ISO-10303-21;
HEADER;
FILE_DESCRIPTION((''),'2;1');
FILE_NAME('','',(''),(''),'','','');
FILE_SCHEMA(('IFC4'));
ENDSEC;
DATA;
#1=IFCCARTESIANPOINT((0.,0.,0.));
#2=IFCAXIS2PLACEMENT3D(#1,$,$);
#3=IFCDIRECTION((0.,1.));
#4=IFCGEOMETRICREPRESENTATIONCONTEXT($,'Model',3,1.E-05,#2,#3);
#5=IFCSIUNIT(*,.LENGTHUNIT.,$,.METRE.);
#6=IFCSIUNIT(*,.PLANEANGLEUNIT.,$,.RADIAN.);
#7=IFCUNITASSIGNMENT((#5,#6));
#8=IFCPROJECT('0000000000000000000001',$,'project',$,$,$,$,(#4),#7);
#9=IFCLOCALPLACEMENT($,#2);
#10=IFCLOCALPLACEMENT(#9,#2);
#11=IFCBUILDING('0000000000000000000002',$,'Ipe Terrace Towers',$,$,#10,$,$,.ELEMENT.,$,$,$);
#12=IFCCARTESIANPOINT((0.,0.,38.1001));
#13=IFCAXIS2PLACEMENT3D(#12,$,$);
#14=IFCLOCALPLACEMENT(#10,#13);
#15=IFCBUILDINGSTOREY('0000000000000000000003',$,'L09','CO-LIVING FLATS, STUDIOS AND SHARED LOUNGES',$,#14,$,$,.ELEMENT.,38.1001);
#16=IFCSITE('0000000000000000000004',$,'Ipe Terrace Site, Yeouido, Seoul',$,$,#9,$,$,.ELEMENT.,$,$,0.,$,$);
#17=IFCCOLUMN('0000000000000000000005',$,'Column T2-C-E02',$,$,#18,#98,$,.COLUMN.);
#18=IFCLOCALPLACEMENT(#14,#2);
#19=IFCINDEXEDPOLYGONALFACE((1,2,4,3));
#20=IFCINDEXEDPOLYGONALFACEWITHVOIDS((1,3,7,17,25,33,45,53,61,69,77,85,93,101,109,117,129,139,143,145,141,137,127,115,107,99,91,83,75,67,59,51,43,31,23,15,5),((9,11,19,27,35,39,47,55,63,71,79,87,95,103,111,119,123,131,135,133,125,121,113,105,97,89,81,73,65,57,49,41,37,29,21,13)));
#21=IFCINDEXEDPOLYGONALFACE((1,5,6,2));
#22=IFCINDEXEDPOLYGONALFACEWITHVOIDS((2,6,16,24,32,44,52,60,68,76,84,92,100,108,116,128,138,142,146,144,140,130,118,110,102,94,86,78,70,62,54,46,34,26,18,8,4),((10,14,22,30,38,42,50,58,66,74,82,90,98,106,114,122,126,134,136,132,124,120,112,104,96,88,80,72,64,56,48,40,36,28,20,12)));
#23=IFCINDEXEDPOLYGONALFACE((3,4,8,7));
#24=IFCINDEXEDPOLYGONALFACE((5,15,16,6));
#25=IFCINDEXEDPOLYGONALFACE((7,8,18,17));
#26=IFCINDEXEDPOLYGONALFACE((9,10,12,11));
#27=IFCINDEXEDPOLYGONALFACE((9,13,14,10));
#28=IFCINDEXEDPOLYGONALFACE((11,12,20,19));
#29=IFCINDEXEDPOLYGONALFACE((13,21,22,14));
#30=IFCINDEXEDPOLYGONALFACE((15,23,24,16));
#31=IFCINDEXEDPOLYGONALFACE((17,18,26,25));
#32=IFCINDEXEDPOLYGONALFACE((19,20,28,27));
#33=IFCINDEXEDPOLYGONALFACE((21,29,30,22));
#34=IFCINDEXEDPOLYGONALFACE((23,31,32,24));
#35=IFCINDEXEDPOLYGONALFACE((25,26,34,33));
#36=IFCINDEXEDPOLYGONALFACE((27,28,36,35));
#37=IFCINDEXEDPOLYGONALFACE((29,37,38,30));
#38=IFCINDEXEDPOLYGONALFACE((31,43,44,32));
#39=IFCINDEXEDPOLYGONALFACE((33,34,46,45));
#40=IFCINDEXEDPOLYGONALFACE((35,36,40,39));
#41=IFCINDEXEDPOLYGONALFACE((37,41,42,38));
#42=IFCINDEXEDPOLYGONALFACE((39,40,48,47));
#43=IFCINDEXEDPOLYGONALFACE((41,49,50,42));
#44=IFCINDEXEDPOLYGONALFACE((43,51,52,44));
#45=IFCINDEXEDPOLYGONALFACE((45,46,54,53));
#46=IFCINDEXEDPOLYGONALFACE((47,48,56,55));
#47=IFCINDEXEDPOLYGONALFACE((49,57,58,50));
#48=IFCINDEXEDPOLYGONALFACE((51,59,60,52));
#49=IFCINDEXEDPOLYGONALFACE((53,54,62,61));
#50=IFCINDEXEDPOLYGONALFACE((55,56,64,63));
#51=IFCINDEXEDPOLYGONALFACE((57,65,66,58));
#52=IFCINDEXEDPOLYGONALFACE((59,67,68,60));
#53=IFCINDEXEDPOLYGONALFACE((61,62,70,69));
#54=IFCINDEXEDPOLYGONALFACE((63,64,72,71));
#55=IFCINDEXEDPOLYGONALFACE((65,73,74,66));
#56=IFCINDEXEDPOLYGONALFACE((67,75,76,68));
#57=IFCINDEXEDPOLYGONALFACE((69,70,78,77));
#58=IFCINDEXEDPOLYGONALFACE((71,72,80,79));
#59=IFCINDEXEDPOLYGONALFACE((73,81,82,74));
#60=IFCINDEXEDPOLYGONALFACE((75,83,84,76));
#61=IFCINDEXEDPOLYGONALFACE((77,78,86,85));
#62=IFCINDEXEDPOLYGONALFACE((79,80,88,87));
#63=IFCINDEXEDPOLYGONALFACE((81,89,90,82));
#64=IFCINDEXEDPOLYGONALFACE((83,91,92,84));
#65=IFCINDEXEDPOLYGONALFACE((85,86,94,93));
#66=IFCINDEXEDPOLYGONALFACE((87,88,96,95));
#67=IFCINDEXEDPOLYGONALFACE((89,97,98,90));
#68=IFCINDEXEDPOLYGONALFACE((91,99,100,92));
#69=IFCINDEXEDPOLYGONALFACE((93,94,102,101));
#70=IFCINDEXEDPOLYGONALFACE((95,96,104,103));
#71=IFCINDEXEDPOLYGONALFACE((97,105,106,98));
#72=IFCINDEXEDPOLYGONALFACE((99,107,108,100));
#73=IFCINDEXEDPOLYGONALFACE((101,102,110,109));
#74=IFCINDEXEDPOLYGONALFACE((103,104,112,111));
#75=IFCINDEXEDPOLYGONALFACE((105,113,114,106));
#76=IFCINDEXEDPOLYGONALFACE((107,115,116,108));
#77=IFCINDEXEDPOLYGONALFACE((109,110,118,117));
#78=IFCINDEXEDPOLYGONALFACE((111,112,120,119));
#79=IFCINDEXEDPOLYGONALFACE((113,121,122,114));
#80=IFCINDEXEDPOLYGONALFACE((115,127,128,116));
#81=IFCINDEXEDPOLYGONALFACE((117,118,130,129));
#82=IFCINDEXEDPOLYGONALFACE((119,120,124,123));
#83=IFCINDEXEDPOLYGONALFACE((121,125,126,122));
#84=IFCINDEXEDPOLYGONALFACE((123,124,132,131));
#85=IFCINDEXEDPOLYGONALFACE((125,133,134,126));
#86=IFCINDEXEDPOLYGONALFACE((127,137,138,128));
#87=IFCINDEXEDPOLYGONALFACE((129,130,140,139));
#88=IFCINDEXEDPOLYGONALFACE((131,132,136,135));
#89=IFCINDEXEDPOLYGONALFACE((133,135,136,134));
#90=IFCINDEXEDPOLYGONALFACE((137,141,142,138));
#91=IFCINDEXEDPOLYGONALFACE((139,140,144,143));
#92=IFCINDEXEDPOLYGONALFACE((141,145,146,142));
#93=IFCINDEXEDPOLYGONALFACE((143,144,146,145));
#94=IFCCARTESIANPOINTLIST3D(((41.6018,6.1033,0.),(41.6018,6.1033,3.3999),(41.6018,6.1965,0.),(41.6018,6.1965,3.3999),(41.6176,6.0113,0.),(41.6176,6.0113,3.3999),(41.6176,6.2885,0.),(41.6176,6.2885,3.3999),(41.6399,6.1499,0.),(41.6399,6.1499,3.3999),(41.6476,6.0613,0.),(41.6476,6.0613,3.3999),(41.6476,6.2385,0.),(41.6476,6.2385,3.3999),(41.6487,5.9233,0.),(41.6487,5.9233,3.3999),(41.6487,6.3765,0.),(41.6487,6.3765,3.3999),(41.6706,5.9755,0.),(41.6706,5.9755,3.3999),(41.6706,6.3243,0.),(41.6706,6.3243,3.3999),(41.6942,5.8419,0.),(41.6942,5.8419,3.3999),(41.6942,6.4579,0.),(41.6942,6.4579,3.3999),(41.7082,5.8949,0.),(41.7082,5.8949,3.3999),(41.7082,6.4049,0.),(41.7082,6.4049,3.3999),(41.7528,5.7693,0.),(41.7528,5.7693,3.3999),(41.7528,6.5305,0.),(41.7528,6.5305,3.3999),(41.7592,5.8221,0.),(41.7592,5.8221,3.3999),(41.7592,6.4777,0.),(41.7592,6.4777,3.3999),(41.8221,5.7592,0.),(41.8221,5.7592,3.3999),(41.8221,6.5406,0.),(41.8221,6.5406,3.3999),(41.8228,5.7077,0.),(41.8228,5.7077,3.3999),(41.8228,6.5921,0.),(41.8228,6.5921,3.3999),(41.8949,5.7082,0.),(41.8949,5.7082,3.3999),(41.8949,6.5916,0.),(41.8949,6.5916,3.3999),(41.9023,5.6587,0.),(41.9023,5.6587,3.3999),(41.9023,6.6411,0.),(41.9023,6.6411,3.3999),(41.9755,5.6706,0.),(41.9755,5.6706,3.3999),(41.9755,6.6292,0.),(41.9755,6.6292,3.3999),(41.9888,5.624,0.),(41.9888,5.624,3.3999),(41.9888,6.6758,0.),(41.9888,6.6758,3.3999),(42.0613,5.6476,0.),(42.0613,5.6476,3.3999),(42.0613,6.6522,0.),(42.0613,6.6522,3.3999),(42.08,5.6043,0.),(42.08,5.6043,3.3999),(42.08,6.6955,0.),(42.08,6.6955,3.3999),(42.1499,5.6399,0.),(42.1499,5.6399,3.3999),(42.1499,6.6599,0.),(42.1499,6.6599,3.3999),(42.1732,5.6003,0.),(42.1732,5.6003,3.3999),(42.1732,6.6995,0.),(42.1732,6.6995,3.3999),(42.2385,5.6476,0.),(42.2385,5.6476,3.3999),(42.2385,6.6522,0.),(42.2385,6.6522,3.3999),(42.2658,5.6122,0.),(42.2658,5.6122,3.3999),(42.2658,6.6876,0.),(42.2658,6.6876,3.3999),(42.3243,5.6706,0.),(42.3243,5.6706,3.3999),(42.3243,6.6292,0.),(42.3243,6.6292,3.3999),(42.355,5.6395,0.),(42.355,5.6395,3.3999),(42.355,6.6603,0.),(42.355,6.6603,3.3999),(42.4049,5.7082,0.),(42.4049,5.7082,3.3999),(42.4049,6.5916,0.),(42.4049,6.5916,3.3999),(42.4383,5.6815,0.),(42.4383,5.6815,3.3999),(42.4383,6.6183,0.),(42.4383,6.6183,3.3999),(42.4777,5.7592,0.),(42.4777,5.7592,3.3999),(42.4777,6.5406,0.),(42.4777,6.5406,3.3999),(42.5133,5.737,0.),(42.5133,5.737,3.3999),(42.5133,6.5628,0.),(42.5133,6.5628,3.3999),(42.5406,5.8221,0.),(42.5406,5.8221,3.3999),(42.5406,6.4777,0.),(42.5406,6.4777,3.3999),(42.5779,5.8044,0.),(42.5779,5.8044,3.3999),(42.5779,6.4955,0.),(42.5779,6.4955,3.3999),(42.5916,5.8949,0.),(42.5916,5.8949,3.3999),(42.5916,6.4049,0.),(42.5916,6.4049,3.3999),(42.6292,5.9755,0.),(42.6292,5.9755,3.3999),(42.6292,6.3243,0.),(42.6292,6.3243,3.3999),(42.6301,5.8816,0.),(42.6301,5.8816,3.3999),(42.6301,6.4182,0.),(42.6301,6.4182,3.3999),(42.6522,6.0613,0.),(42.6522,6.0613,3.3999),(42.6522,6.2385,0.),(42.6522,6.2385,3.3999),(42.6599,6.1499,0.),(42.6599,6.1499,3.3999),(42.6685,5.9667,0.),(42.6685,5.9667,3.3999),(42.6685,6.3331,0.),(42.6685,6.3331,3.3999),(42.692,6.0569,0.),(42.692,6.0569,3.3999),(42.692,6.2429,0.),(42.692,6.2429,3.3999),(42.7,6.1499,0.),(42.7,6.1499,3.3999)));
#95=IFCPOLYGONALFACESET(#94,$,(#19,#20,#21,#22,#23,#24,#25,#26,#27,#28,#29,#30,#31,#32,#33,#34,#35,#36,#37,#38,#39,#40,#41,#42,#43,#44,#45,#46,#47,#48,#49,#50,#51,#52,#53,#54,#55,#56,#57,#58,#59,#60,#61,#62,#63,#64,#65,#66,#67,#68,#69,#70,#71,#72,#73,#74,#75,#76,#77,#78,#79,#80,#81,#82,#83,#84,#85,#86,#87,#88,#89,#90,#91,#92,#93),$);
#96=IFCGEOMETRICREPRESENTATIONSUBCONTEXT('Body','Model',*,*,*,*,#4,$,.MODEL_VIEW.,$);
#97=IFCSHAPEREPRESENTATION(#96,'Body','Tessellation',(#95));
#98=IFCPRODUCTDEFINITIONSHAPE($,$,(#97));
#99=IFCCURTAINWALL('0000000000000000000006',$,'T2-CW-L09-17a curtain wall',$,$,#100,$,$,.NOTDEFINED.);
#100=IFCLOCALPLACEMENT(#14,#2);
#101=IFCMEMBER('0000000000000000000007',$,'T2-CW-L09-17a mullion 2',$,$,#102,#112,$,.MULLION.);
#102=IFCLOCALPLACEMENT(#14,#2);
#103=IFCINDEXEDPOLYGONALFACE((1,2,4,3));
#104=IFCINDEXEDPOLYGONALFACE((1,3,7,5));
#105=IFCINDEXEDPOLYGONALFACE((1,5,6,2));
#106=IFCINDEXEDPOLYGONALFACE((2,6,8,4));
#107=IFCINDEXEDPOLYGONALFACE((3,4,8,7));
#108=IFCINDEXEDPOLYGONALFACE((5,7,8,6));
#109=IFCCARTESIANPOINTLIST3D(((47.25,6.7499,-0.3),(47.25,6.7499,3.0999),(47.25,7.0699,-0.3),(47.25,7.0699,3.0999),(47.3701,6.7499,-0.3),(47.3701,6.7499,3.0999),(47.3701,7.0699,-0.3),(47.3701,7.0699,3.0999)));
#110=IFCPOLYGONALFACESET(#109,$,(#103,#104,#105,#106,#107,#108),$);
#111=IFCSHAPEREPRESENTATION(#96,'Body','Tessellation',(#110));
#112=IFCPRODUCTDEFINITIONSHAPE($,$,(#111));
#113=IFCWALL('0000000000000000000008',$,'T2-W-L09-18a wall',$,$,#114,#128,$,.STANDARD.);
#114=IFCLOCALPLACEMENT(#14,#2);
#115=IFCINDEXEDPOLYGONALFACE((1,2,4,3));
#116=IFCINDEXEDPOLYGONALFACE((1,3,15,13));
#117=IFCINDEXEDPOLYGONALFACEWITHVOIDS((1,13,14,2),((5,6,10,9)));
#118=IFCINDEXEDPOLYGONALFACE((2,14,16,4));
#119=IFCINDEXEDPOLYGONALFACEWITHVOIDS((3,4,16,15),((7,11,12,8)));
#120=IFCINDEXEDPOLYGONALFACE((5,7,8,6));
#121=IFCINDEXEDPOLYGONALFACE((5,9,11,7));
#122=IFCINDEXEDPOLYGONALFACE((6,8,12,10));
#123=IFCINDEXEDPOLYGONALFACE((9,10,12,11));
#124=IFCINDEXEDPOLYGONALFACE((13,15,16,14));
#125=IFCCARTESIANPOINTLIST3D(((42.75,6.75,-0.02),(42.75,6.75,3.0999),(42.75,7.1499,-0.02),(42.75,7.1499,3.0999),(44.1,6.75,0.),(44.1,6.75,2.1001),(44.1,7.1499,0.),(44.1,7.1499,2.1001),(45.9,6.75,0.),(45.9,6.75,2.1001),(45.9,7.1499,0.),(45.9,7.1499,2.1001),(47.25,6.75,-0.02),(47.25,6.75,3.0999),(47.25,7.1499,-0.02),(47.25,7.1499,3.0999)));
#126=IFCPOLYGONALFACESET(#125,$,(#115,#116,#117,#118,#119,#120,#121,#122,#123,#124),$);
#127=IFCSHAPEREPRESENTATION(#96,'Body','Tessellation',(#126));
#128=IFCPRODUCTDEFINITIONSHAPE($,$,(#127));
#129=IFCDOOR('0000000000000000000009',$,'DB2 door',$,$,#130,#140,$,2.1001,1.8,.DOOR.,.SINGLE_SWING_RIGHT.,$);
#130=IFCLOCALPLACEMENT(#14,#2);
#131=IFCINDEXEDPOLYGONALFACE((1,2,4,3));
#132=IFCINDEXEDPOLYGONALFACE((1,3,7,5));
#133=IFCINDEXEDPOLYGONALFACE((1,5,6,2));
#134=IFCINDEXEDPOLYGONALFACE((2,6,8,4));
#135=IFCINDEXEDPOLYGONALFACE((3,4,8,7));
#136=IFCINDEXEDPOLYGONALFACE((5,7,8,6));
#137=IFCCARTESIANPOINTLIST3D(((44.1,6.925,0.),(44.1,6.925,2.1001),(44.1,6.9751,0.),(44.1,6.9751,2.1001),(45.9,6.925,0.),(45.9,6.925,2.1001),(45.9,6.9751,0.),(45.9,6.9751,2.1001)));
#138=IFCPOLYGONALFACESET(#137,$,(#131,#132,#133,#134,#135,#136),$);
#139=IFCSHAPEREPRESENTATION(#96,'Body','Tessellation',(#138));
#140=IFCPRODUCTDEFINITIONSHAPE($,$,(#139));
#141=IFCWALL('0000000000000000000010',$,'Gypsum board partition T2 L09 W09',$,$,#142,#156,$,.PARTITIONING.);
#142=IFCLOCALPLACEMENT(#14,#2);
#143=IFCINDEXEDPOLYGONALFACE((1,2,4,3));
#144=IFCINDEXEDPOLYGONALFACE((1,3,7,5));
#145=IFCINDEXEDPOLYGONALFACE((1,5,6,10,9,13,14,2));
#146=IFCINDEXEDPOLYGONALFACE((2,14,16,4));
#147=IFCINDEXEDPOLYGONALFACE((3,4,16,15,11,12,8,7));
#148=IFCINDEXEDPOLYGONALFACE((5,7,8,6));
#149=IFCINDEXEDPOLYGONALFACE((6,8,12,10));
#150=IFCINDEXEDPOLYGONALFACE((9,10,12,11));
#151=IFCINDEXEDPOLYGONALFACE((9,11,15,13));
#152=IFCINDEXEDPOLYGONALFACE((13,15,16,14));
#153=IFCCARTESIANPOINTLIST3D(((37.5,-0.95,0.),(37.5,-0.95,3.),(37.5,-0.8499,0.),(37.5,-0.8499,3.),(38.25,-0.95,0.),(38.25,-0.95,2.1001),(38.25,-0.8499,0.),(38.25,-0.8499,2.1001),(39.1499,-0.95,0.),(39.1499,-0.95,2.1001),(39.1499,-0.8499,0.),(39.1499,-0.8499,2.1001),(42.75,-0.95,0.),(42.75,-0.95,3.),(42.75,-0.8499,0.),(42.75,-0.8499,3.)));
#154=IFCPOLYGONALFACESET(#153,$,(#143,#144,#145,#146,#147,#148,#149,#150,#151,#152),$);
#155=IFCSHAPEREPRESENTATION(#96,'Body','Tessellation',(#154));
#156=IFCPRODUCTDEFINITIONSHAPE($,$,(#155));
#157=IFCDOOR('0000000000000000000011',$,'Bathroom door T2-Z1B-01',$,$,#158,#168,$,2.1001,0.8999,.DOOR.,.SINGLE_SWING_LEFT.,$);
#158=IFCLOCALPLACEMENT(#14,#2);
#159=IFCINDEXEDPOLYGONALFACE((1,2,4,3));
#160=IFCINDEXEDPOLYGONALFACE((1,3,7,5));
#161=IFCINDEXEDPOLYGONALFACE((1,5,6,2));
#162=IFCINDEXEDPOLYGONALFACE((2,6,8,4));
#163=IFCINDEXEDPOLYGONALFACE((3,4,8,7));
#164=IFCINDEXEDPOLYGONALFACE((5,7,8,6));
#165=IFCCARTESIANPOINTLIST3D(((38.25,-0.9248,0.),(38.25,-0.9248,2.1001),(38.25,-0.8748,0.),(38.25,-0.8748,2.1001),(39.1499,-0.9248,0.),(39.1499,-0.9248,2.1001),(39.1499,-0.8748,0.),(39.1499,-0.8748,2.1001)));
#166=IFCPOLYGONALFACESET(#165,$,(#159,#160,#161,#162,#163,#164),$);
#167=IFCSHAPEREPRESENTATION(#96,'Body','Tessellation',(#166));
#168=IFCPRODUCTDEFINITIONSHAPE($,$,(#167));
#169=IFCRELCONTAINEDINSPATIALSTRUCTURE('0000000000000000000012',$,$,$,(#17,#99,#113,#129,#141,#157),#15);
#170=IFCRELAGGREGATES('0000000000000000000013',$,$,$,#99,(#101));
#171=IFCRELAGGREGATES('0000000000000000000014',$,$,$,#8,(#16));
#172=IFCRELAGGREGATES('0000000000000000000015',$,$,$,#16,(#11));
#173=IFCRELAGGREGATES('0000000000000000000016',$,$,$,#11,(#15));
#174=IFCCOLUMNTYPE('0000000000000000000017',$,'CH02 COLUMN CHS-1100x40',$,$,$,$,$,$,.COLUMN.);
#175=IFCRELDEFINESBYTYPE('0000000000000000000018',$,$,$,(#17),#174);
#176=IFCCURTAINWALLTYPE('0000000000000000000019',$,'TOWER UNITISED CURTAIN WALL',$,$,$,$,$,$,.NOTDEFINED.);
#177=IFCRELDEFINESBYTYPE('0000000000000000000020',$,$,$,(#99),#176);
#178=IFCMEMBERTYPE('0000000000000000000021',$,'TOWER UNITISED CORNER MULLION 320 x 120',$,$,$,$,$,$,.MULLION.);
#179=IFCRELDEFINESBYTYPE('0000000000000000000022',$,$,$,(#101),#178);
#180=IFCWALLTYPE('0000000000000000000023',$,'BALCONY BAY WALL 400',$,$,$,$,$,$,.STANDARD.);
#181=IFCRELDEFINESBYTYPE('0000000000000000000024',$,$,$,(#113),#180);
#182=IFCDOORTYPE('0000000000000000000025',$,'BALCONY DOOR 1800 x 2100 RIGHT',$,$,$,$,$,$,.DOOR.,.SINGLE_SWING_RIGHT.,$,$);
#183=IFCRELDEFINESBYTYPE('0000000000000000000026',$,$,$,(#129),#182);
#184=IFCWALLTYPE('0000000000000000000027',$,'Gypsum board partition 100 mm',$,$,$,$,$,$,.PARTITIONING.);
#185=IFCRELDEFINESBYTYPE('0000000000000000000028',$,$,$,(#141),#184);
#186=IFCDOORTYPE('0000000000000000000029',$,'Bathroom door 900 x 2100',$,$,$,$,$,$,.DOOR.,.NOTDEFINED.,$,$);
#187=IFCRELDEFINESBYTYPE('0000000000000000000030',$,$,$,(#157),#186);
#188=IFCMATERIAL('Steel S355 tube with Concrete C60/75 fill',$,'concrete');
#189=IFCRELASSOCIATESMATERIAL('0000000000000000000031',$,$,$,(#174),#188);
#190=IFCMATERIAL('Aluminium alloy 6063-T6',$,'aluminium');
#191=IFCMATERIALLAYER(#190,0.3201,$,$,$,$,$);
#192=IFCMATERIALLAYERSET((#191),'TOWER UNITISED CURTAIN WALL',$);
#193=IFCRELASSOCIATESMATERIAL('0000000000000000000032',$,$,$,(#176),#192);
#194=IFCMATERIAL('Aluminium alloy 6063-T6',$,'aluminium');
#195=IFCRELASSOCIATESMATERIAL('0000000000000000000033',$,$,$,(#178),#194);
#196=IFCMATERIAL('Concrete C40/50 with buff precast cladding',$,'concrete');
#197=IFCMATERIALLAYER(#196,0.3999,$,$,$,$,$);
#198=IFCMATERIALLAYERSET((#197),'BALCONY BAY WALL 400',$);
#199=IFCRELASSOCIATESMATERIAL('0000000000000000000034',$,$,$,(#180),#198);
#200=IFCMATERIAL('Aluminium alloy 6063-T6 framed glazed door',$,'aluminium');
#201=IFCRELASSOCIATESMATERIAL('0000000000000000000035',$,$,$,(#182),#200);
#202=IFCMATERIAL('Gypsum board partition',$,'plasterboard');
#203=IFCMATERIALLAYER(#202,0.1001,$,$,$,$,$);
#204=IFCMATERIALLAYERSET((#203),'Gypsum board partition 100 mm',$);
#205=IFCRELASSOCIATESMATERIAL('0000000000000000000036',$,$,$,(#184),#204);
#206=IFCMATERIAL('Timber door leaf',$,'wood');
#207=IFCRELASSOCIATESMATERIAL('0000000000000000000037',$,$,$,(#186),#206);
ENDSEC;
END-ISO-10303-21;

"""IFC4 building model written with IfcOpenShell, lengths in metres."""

from ifc_helpers import new_model, si_unit, direction, frame, frame_2d, origin, origin_2d, place, context, subcontext, project, spatial, rectangle, hollow_circle, extrude, material, layer, layer_set, material_profile, profile_set, type_object, element, fill, aggregate, save


model = new_model("IFC4")

# Units and contexts
model_context = context("Model", 3, precision=1e-05, world=origin(), true_north=direction((0.0, 1.0)))
body_context = subcontext(model_context, "Body", "Model", "MODEL_VIEW")
ifc_project = project(units=[si_unit("LENGTHUNIT", "METRE"), si_unit("PLANEANGLEUNIT", "RADIAN")], contexts=[model_context])

# Site, building, storey
site_placement = place(None, origin())
site = spatial("IfcSite", under=ifc_project, at=site_placement, Name="Ipe Terrace Site, Yeouido, Seoul", CompositionType="ELEMENT", RefElevation=0.0)
building_placement = place(site_placement, origin())
building = spatial("IfcBuilding", under=site, at=building_placement, Name="Ipe Terrace Towers", CompositionType="ELEMENT")
storey_placement = place(building_placement, frame((0.0, 0.0, 38.1001)))
storey = spatial("IfcBuildingStorey", under=building, at=storey_placement, Name="L09", Description="CO-LIVING FLATS, STUDIOS AND SHARED LOUNGES", CompositionType="ELEMENT", Elevation=38.1001)

# Column
ifc_material_1 = material(Name="Steel S355 tube with Concrete C60/75 fill", Category="concrete")
ifc_material_profile_1 = material_profile(ifc_material_1, hollow_circle(Radius=0.55, WallThickness=0.04, at=origin_2d()), Name="CHS-1100x40")
ifc_profile_set_1 = profile_set([ifc_material_profile_1], Name="Steel S355 tube with Concrete C60/75 fill")
column_type = type_object("IfcColumnType", Name="CH02 COLUMN CHS-1100x40", PredefinedType="COLUMN", material=ifc_profile_set_1)
column_placement = place(storey_placement, frame((42.1499, 6.1499, 0.0), z_axis=(0.0, 0.0, 1.0), x_axis=(1.0, 0.0, 0.0)))
element("IfcColumn", 1, at=column_placement, inside=storey, type_object=column_type, Name="Column T2-C-E02", PredefinedType="COLUMN", context=body_context, shape_type="SweptSolid", body=[
    extrude(hollow_circle(Radius=0.55, WallThickness=0.04, at=origin_2d()), origin(), (0.0, 0.0, 1.0), 3.3999),
])

# Curtain wall, member
ifc_material_2 = material(Name="Aluminium alloy 6063-T6", Category="aluminium")
ifc_layer_1 = layer(ifc_material_2, 0.3201)
ifc_layer_set_1 = layer_set([ifc_layer_1], Name="TOWER UNITISED CURTAIN WALL")
curtain_wall_type = type_object("IfcCurtainWallType", Name="TOWER UNITISED CURTAIN WALL", PredefinedType="NOTDEFINED", material=ifc_layer_set_1)
curtain_wall_placement = place(storey_placement, origin())
curtain_wall = element("IfcCurtainWall", 2, at=curtain_wall_placement, inside=storey, type_object=curtain_wall_type, Name="T2-CW-L09-17a curtain wall", PredefinedType="NOTDEFINED")
ifc_material_3 = material(Name="Aluminium alloy 6063-T6", Category="aluminium")
ifc_material_profile_2 = material_profile(ifc_material_3, rectangle(XDim=0.3201, YDim=0.1201, at=origin_2d()), Name="TOWER UNITISED CORNER MULLION 320 x 120")
ifc_profile_set_2 = profile_set([ifc_material_profile_2], Name="Aluminium alloy 6063-T6")
member_type = type_object("IfcMemberType", Name="TOWER UNITISED CORNER MULLION 320 x 120", PredefinedType="MULLION", material=ifc_profile_set_2)
member_placement = place(storey_placement, frame((47.3101, 6.9099, -0.3), z_axis=(0.0, 0.0, 1.0), x_axis=(0.0, 1.0, 0.0)))
member = element("IfcMember", 3, at=member_placement, type_object=member_type, Name="T2-CW-L09-17a mullion 2", PredefinedType="MULLION", context=body_context, shape_type="SweptSolid", body=[
    extrude(rectangle(XDim=0.3201, YDim=0.1201, at=origin_2d()), origin(), (0.0, 0.0, 1.0), 3.3999),
])
aggregate(curtain_wall, [member])

# Walls, openings, doors
ifc_material_4 = material(Name="Concrete C40/50 with buff precast cladding", Category="concrete")
ifc_layer_2 = layer(ifc_material_4, 0.3999)
ifc_layer_set_2 = layer_set([ifc_layer_2], Name="BALCONY BAY WALL 400")
wall_type_1 = type_object("IfcWallType", Name="BALCONY BAY WALL 400", PredefinedType="STANDARD", material=ifc_layer_set_2)
wall_1_placement = place(storey_placement, frame((47.25, 6.95, -0.02), z_axis=(0.0, 0.0, 1.0), x_axis=(-1.0, 0.0, 0.0)))
wall_1 = element("IfcWall", 4, at=wall_1_placement, inside=storey, type_object=wall_type_1, Name="T2-W-L09-18a wall", PredefinedType="STANDARD", context=body_context, shape_type="SweptSolid", body=[
    extrude(rectangle(XDim=4.5, YDim=0.3999, at=frame_2d((2.25, 0.0))), origin(), (0.0, 0.0, 1.0), 3.1199),
])
opening_1_placement = place(wall_1_placement, frame((1.3501, 0.0, 0.02)))
opening_1 = element("IfcOpeningElement", 5, at=opening_1_placement, cuts=wall_1, PredefinedType="OPENING", context=body_context, shape_type="SweptSolid", body=[
    extrude(rectangle(XDim=1.8, YDim=2.1001, at=frame_2d((0.8999, 1.05))), frame((0.0, 0.21, 0.0), z_axis=(0.0, -1.0, 0.0), x_axis=(1.0, 0.0, 0.0)), (0.0, 0.0, 1.0), 0.4199),
])
ifc_material_5 = material(Name="Aluminium alloy 6063-T6 framed glazed door", Category="aluminium")
door_type_1 = type_object("IfcDoorType", Name="BALCONY DOOR 1800 x 2100 RIGHT", OperationType="SINGLE_SWING_RIGHT", PredefinedType="DOOR", material=ifc_material_5)
door_1_placement = place(opening_1_placement, origin())
door_1 = element("IfcDoor", 6, at=door_1_placement, inside=storey, type_object=door_type_1, Name="DB2 door", OperationType="SINGLE_SWING_RIGHT", OverallHeight=2.1001, OverallWidth=1.8, PredefinedType="DOOR", context=body_context, shape_type="SweptSolid", body=[
    extrude(rectangle(XDim=1.8, YDim=2.1001, at=frame_2d((0.8999, 1.05))), frame((0.0, 0.0249, 0.0), z_axis=(0.0, -1.0, 0.0), x_axis=(1.0, 0.0, 0.0)), (0.0, 0.0, 1.0), 0.05),
])
fill(opening_1, door_1)
ifc_material_6 = material(Name="Gypsum board partition", Category="plasterboard")
ifc_layer_3 = layer(ifc_material_6, 0.1001)
ifc_layer_set_3 = layer_set([ifc_layer_3], Name="Gypsum board partition 100 mm")
wall_type_2 = type_object("IfcWallType", Name="Gypsum board partition 100 mm", PredefinedType="PARTITIONING", material=ifc_layer_set_3)
wall_2_placement = place(storey_placement, frame((42.75, -0.8999, 0.0), z_axis=(0.0, 0.0, 1.0), x_axis=(-1.0, 0.0, 0.0)))
wall_2 = element("IfcWall", 7, at=wall_2_placement, inside=storey, type_object=wall_type_2, Name="Gypsum board partition T2 L09 W09", PredefinedType="PARTITIONING", context=body_context, shape_type="SweptSolid", body=[
    extrude(rectangle(XDim=5.25, YDim=0.1001, at=frame_2d((2.625, 0.0))), origin(), (0.0, 0.0, 1.0), 3.0),
])
opening_2_placement = place(wall_2_placement, frame((3.6001, 0.0, 0.0)))
opening_2 = element("IfcOpeningElement", 8, at=opening_2_placement, cuts=wall_2, PredefinedType="OPENING", context=body_context, shape_type="SweptSolid", body=[
    extrude(rectangle(XDim=0.8999, YDim=2.1001, at=frame_2d((0.45, 1.05))), frame((0.0, 0.0601, 0.0), z_axis=(0.0, -1.0, 0.0), x_axis=(1.0, 0.0, 0.0)), (0.0, 0.0, 1.0), 0.1201),
])
ifc_material_7 = material(Name="Timber door leaf", Category="wood")
door_type_2 = type_object("IfcDoorType", Name="Bathroom door 900 x 2100", OperationType="NOTDEFINED", PredefinedType="DOOR", material=ifc_material_7)
door_2_placement = place(opening_2_placement, origin())
door_2 = element("IfcDoor", 9, at=door_2_placement, inside=storey, type_object=door_type_2, Name="Bathroom door T2-Z1B-01", OperationType="SINGLE_SWING_LEFT", OverallHeight=2.1001, OverallWidth=0.8999, PredefinedType="DOOR", context=body_context, shape_type="SweptSolid", body=[
    extrude(rectangle(XDim=0.8999, YDim=2.1001, at=frame_2d((0.45, 1.05))), frame((0.0, 0.0249, 0.0), z_axis=(0.0, -1.0, 0.0), x_axis=(1.0, 0.0, 0.0)), (0.0, 0.0, 1.0), 0.05),
])
fill(opening_2, door_2)

save(model, "model.ifc")
